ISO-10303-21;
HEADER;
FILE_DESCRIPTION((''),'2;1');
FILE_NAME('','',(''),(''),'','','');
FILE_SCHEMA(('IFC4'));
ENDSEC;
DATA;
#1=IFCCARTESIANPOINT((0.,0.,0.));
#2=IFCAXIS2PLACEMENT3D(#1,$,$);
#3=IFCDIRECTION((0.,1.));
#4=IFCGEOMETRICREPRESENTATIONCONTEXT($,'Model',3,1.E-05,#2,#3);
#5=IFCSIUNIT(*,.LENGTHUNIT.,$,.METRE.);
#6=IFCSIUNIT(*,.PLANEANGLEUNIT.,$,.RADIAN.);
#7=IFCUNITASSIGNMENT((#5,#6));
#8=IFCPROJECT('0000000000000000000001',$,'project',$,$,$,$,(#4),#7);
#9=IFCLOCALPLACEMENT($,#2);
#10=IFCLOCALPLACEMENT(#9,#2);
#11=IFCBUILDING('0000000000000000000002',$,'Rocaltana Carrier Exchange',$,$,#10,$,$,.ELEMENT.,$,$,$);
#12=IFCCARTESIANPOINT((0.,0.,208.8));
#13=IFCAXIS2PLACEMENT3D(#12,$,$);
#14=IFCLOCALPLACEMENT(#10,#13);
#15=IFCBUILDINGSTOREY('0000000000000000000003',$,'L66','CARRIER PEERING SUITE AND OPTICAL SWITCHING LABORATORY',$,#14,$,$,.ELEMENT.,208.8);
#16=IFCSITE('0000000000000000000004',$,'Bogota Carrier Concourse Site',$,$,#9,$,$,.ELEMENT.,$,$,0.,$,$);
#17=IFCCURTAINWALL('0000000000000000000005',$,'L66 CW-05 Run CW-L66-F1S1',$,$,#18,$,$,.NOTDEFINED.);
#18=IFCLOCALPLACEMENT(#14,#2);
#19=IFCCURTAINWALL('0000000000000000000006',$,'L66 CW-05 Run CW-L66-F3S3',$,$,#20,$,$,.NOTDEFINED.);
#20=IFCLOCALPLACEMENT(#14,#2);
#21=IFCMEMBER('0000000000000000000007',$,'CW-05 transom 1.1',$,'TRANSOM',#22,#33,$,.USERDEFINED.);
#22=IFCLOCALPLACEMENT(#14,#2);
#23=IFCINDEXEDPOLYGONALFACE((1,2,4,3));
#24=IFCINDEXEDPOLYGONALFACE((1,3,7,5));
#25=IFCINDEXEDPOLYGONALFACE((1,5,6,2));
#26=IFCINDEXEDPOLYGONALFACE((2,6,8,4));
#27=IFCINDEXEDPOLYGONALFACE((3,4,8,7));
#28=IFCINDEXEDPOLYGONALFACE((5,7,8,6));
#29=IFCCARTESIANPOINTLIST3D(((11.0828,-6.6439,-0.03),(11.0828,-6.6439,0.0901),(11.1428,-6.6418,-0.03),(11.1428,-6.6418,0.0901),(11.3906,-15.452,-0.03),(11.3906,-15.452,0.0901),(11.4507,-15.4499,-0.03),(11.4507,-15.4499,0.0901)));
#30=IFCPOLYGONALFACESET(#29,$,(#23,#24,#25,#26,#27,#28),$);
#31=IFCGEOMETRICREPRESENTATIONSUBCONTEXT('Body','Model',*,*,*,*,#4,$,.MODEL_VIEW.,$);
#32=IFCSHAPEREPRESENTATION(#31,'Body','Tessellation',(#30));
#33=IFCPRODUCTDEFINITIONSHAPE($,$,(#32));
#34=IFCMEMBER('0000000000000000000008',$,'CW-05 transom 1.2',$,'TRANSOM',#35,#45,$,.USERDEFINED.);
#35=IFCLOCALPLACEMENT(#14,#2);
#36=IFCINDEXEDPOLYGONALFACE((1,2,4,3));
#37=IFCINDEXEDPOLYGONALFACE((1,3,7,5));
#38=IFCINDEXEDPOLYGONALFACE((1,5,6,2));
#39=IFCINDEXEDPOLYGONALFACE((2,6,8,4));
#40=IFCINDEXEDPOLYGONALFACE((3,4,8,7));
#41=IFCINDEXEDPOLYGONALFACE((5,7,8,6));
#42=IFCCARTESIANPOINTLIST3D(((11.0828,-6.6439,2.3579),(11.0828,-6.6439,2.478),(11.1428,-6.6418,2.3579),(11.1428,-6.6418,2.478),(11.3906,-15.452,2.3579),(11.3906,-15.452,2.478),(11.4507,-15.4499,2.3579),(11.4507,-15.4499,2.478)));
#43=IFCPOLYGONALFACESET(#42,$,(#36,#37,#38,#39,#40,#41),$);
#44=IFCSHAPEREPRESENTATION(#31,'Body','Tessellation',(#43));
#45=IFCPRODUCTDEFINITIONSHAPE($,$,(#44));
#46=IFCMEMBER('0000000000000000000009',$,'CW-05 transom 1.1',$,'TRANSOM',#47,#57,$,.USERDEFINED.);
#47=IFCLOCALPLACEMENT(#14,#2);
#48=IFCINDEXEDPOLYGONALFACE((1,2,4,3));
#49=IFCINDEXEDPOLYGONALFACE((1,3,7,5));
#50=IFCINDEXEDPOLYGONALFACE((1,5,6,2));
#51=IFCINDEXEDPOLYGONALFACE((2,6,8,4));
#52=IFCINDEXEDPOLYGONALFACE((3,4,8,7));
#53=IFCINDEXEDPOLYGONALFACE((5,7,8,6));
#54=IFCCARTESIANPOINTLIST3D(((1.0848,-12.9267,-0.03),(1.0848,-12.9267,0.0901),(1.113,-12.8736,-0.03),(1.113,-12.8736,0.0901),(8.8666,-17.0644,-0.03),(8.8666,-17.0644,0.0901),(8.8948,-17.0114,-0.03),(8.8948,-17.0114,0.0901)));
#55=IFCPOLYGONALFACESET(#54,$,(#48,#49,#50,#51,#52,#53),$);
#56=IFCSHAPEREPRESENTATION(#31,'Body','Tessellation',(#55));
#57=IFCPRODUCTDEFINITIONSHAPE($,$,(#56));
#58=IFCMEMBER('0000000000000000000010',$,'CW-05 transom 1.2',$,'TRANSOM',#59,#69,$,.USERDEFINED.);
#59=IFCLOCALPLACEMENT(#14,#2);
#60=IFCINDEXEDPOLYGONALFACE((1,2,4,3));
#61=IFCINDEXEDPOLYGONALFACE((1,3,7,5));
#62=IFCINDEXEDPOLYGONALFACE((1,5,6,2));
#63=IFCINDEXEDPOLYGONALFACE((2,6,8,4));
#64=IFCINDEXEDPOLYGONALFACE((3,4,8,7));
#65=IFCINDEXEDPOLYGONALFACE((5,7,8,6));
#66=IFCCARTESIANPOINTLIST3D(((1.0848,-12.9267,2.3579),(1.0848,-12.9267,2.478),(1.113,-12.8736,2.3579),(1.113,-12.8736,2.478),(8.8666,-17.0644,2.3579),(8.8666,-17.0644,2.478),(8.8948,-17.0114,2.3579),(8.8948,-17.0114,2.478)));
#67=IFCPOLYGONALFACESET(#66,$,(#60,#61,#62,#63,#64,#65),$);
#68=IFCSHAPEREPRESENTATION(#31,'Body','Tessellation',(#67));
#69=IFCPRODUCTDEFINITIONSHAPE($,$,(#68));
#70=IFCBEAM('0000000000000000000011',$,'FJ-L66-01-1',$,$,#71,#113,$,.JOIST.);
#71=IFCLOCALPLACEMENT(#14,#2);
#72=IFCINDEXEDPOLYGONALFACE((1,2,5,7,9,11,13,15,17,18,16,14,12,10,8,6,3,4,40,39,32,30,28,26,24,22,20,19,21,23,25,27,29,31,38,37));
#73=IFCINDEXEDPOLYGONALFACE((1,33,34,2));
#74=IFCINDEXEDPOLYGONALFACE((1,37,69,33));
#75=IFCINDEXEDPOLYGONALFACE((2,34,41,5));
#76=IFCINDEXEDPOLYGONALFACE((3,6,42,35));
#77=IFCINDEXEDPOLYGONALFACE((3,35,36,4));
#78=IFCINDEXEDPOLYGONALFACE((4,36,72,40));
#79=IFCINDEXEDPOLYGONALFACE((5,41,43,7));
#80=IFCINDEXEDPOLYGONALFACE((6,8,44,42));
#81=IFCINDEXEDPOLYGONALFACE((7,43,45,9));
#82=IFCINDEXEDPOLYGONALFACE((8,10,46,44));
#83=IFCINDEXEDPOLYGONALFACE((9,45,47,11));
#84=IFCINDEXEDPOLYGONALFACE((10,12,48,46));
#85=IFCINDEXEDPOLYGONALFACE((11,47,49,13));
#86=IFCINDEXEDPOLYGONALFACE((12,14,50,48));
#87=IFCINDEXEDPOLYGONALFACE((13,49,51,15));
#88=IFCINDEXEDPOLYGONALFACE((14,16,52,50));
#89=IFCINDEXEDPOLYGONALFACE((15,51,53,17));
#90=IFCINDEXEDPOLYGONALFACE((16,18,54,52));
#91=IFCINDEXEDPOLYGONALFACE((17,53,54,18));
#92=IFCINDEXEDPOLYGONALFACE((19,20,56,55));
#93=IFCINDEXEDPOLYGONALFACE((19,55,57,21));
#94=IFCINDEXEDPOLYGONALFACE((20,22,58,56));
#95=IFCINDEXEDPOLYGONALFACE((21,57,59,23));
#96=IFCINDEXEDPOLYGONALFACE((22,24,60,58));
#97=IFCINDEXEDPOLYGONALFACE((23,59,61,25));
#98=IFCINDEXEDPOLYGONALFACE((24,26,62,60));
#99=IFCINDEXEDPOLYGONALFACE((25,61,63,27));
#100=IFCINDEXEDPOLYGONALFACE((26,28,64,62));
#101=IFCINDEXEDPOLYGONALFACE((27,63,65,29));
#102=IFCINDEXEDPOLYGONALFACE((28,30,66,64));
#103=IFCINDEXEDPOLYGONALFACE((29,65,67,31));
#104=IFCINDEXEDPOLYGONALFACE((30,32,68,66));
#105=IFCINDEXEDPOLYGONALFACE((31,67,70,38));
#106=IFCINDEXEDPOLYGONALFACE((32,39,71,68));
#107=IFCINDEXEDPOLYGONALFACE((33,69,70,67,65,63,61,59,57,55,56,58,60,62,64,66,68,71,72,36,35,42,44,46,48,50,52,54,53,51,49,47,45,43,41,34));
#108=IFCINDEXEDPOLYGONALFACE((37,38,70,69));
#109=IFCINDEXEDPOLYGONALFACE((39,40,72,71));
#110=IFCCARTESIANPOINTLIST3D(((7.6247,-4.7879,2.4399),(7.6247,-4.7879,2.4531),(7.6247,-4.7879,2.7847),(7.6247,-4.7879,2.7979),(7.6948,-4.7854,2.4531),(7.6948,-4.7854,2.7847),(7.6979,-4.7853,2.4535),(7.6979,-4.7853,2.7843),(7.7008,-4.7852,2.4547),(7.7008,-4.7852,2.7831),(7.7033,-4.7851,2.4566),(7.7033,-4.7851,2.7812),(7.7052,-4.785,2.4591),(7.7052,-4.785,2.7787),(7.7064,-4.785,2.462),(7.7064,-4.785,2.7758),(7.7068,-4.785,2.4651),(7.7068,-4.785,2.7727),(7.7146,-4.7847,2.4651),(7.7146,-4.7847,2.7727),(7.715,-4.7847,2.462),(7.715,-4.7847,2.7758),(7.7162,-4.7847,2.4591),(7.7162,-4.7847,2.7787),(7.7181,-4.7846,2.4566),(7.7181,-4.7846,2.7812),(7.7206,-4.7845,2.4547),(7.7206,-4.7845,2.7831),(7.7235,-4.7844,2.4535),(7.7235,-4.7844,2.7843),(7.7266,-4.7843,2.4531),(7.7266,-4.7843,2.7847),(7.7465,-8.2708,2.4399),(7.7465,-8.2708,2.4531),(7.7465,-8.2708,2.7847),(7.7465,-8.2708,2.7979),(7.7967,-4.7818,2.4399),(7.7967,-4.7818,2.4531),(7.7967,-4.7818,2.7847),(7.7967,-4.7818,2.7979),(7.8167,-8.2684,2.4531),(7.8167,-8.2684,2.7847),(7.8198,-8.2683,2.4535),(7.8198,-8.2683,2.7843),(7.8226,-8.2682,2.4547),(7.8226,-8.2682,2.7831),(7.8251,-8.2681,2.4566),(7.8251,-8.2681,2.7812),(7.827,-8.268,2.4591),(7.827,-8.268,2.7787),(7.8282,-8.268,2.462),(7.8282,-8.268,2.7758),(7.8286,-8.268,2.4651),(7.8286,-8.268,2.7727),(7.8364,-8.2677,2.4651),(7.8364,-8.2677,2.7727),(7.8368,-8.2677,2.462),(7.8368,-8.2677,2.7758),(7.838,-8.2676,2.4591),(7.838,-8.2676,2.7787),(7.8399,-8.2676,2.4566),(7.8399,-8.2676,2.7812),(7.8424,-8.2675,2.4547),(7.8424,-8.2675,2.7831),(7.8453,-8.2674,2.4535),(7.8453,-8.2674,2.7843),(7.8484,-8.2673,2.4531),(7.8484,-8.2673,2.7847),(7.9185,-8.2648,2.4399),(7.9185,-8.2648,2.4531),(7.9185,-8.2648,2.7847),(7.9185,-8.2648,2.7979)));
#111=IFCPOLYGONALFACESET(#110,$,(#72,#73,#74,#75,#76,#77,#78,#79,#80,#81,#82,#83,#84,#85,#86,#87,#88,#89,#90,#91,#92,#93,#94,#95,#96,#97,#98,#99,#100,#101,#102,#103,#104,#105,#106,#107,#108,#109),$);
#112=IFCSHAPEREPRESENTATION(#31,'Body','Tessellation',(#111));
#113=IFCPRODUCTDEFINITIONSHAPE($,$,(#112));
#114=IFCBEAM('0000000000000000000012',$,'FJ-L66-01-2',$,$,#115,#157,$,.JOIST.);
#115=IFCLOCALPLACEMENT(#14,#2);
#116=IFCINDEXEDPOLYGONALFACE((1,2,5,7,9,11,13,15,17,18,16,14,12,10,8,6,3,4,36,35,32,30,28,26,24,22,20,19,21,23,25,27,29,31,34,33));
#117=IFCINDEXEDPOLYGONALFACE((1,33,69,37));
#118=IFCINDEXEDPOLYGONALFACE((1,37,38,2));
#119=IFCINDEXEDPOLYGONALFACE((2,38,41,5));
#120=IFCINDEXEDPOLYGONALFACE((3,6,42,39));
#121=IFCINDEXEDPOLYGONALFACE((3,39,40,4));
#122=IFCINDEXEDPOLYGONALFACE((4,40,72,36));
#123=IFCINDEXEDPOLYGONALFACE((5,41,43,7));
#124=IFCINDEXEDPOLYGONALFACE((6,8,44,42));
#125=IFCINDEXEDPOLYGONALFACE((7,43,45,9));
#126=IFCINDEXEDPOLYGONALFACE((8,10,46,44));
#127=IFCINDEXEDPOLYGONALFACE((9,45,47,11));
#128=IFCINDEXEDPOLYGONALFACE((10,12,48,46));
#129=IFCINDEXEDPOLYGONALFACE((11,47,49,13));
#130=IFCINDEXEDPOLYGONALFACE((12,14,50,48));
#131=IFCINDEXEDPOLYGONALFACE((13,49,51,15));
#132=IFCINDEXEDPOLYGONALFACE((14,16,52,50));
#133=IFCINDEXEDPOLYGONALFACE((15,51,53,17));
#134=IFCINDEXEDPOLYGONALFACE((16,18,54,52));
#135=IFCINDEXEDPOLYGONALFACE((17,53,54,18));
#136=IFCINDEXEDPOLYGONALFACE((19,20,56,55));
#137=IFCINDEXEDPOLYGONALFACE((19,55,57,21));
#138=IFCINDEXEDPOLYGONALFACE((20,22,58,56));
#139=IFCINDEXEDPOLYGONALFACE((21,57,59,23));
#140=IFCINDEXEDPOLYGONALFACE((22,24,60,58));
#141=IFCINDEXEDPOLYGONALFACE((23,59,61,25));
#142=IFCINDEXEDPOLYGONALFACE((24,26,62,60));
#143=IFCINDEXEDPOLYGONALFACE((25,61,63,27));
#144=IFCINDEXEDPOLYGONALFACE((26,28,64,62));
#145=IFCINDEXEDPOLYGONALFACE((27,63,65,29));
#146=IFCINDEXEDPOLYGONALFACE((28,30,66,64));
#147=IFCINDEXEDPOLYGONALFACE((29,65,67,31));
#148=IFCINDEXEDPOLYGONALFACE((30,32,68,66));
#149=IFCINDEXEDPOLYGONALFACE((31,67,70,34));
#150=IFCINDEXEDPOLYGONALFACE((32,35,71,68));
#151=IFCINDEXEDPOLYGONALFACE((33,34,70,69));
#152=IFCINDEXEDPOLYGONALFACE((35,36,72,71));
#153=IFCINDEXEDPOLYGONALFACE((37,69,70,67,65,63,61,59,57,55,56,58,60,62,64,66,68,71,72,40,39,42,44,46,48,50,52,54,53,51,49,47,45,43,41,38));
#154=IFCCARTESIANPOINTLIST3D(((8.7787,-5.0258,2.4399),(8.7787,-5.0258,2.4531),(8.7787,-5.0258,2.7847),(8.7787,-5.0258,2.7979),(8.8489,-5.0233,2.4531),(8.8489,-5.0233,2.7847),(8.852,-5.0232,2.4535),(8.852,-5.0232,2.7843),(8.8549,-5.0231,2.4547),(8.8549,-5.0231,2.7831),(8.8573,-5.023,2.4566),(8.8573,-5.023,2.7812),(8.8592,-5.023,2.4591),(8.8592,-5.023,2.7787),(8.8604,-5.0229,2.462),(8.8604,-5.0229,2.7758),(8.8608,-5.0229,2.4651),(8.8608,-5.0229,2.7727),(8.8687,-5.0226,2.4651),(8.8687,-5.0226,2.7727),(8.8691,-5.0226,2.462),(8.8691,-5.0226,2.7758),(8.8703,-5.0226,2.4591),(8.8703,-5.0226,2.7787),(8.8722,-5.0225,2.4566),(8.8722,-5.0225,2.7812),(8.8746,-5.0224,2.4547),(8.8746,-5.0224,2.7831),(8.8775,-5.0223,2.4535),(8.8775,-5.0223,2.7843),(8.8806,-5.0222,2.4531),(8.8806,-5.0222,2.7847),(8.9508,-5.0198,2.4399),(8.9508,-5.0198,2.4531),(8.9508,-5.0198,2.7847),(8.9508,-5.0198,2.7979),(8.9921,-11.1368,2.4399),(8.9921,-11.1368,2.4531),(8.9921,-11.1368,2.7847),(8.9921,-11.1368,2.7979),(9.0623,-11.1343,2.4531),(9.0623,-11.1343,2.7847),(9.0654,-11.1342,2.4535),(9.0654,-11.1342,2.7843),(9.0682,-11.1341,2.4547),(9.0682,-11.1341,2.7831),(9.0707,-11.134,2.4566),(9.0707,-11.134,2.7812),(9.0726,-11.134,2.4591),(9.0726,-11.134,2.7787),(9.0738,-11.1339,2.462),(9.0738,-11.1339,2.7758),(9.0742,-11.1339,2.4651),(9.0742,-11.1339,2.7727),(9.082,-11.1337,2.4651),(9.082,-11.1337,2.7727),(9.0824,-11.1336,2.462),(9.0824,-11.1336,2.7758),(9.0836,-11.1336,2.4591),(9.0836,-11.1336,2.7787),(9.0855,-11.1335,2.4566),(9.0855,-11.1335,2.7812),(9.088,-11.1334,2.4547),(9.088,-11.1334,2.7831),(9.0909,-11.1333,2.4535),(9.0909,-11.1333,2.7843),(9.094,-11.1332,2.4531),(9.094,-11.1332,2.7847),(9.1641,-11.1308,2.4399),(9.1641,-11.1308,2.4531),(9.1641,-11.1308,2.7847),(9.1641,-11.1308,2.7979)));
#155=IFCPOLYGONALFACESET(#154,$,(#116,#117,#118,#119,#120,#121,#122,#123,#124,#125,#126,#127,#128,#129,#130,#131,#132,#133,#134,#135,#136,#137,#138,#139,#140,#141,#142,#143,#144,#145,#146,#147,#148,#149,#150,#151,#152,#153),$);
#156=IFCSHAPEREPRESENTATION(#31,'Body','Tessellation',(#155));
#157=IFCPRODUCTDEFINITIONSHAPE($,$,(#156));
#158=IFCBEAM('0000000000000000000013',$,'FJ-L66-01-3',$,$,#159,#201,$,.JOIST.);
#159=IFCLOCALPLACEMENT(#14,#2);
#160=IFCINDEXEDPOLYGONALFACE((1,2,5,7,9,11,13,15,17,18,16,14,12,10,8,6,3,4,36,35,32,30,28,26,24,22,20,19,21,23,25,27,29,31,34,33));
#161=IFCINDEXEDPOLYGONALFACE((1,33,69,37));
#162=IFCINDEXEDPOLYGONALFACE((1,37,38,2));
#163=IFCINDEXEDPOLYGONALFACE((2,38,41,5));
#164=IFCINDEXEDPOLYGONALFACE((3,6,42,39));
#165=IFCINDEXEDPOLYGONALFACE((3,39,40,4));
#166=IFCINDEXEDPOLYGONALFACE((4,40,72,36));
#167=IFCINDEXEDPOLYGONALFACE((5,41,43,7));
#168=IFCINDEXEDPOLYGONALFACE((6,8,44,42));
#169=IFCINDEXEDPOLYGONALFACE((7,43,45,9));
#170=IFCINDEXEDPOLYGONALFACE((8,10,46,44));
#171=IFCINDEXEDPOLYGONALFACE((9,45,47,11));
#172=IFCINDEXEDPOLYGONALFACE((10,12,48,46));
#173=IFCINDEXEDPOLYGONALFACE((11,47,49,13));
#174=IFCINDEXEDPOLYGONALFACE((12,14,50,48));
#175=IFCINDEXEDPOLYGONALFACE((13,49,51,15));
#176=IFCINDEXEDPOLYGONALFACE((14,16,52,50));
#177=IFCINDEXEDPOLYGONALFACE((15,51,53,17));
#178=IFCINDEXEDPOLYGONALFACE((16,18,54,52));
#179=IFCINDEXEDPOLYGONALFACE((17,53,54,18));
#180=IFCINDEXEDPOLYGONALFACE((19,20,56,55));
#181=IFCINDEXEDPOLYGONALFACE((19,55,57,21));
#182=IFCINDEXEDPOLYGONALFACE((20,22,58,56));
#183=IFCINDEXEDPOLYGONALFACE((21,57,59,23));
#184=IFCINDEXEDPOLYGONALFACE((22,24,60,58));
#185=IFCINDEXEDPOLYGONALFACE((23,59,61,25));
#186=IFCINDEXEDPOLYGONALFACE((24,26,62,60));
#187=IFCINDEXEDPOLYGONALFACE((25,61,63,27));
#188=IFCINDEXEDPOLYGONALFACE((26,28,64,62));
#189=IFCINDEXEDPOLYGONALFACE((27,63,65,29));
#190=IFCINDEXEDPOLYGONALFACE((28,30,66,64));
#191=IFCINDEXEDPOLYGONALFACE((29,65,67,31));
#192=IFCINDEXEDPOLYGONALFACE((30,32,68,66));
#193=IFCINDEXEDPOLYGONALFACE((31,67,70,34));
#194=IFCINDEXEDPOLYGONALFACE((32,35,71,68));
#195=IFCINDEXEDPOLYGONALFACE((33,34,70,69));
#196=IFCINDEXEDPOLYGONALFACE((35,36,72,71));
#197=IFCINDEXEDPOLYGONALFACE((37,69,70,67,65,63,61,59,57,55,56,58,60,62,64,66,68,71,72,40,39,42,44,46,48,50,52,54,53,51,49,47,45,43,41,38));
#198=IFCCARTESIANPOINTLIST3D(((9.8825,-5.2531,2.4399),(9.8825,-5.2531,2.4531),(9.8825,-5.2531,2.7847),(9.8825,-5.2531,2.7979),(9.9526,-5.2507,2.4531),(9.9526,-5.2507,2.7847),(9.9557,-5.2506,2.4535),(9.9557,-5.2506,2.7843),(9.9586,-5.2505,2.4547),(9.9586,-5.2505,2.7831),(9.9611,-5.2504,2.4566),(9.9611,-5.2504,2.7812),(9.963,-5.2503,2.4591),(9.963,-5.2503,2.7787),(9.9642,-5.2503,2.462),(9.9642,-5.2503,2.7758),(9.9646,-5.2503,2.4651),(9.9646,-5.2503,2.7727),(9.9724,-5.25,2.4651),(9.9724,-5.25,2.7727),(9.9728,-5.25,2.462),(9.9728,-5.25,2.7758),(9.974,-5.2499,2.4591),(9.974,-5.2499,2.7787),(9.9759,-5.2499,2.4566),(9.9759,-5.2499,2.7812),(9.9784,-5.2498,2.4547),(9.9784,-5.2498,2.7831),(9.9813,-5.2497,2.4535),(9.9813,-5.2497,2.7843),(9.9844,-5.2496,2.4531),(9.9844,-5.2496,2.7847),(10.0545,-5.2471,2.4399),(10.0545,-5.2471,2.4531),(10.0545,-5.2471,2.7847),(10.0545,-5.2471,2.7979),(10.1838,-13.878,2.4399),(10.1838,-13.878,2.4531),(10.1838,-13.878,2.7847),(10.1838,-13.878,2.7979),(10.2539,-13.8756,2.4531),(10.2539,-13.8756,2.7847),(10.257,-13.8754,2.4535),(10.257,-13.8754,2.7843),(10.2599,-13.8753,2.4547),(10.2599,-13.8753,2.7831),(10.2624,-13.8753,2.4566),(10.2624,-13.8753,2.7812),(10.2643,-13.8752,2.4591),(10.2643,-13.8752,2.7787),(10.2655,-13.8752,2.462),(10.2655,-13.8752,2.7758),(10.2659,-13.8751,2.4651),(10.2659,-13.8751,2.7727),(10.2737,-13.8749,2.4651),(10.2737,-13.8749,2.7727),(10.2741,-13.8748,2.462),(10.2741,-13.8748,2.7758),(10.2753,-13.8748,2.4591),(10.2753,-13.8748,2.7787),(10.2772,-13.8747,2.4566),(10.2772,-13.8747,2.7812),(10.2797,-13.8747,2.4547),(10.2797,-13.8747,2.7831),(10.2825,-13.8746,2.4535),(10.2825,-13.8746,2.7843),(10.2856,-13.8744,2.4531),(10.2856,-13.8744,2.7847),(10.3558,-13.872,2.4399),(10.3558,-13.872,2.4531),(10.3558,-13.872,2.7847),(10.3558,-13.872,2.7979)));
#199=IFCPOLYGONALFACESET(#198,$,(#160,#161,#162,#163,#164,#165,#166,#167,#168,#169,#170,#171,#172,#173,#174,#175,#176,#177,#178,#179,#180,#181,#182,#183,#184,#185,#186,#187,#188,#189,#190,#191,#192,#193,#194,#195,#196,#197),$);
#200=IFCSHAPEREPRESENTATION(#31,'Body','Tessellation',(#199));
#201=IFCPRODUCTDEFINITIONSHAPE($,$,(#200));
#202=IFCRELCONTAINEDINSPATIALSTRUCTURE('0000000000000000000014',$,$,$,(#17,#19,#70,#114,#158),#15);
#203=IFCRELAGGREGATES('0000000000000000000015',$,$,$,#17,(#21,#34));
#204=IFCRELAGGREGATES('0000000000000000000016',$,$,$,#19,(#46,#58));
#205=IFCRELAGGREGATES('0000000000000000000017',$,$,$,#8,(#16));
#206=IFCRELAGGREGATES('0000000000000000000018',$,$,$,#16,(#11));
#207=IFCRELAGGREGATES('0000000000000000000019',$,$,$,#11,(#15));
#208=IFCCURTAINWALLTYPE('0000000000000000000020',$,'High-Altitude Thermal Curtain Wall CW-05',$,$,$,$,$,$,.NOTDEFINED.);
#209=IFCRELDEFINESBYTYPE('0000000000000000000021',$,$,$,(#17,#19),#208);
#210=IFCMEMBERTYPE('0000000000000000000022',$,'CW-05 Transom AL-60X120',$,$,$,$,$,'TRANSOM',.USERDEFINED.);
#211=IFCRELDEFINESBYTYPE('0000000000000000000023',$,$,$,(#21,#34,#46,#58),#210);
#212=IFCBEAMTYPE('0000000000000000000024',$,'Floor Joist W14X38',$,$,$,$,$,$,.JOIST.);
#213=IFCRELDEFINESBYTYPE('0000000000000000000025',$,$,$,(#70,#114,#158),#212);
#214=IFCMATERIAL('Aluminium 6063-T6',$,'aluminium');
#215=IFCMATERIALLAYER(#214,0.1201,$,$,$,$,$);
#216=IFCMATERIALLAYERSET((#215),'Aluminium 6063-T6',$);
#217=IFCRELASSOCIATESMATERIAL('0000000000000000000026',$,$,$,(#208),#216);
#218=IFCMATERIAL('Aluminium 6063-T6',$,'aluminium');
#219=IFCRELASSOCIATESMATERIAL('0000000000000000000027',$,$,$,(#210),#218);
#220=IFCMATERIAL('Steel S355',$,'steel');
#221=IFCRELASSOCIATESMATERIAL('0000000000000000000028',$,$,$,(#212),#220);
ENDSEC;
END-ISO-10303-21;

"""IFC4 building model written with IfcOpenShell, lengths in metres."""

from ifc_helpers import new_model, si_unit, direction, frame, origin, origin_2d, place, context, subcontext, project, spatial, rectangle, i_section, extrude, material, layer, layer_set, material_profile, profile_set, type_object, element, aggregate, save


model = new_model("IFC4")

# Units and contexts
model_context = context("Model", 3, precision=1e-05, world=origin(), true_north=direction((0.0, 1.0)))
body_context = subcontext(model_context, "Body", "Model", "MODEL_VIEW")
ifc_project = project(units=[si_unit("LENGTHUNIT", "METRE"), si_unit("PLANEANGLEUNIT", "RADIAN")], contexts=[model_context])

# Site, building, storey
site_placement = place(None, origin())
site = spatial("IfcSite", under=ifc_project, at=site_placement, Name="Bogota Carrier Concourse Site", CompositionType="ELEMENT", RefElevation=0.0)
building_placement = place(site_placement, origin())
building = spatial("IfcBuilding", under=site, at=building_placement, Name="Rocaltana Carrier Exchange", CompositionType="ELEMENT")
storey_placement = place(building_placement, frame((0.0, 0.0, 208.8)))
storey = spatial("IfcBuildingStorey", under=building, at=storey_placement, Name="L66", Description="CARRIER PEERING SUITE AND OPTICAL SWITCHING LABORATORY", CompositionType="ELEMENT", Elevation=208.8)

# Curtain walls
ifc_material_1 = material(Name="Aluminium 6063-T6", Category="aluminium")
ifc_layer_1 = layer(ifc_material_1, 0.1201)
ifc_layer_set_1 = layer_set([ifc_layer_1], Name="Aluminium 6063-T6")
curtain_wall_type = type_object("IfcCurtainWallType", Name="High-Altitude Thermal Curtain Wall CW-05", PredefinedType="NOTDEFINED", material=ifc_layer_set_1)
curtain_wall_1_placement = place(storey_placement, origin())
curtain_wall_1 = element("IfcCurtainWall", 1, at=curtain_wall_1_placement, inside=storey, type_object=curtain_wall_type, Name="L66 CW-05 Run CW-L66-F1S1", PredefinedType="NOTDEFINED")
curtain_wall_2_placement = place(storey_placement, origin())
curtain_wall_2 = element("IfcCurtainWall", 2, at=curtain_wall_2_placement, inside=storey, type_object=curtain_wall_type, Name="L66 CW-05 Run CW-L66-F3S3", PredefinedType="NOTDEFINED")

# Members
ifc_material_2 = material(Name="Aluminium 6063-T6", Category="aluminium")
ifc_material_profile_1 = material_profile(ifc_material_2, rectangle(XDim=0.0601, YDim=0.1201, at=origin_2d()), Name="AL-60X120")
ifc_profile_set_1 = profile_set([ifc_material_profile_1], Name="Aluminium 6063-T6")
member_type_1 = type_object("IfcMemberType", Name="CW-05 Transom AL-60X120", ElementType="TRANSOM", PredefinedType="USERDEFINED", material=ifc_profile_set_1)
member_1_placement = place(storey_placement, frame((11.4207, -15.4509, 0.03), z_axis=(-0.034931, 0.99939, 0.0), x_axis=(-0.99939, -0.034931, 0.0)))
member_1 = element("IfcMember", 3, at=member_1_placement, type_object=member_type_1, Name="CW-05 transom 1.1", ObjectType="TRANSOM", PredefinedType="USERDEFINED", context=body_context, shape_type="SweptSolid", body=[
    extrude(rectangle(XDim=0.0601, YDim=0.1201, at=origin_2d()), origin(), (0.0, 0.0, 1.0), 8.8135),
])
member_2_placement = place(storey_placement, frame((11.4207, -15.4509, 2.418), z_axis=(-0.034931, 0.99939, 0.0), x_axis=(-0.99939, -0.034931, 0.0)))
member_2 = element("IfcMember", 4, at=member_2_placement, type_object=member_type_1, Name="CW-05 transom 1.2", ObjectType="TRANSOM", PredefinedType="USERDEFINED", context=body_context, shape_type="SweptSolid", body=[
    extrude(rectangle(XDim=0.0601, YDim=0.1201, at=origin_2d()), origin(), (0.0, 0.0, 1.0), 8.8135),
])
member_3_placement = place(storey_placement, frame((1.0989, -12.9001, 0.03), z_axis=(0.882944, -0.469478, 0.0), x_axis=(0.469478, 0.882944, 0.0)))
member_3 = element("IfcMember", 5, at=member_3_placement, type_object=member_type_1, Name="CW-05 transom 1.1", ObjectType="TRANSOM", PredefinedType="USERDEFINED", context=body_context, shape_type="SweptSolid", body=[
    extrude(rectangle(XDim=0.0601, YDim=0.1201, at=origin_2d()), origin(), (0.0, 0.0, 1.0), 8.8135),
])
member_4_placement = place(storey_placement, frame((1.0989, -12.9001, 2.418), z_axis=(0.882944, -0.469478, 0.0), x_axis=(0.469478, 0.882944, 0.0)))
member_4 = element("IfcMember", 6, at=member_4_placement, type_object=member_type_1, Name="CW-05 transom 1.2", ObjectType="TRANSOM", PredefinedType="USERDEFINED", context=body_context, shape_type="SweptSolid", body=[
    extrude(rectangle(XDim=0.0601, YDim=0.1201, at=origin_2d()), origin(), (0.0, 0.0, 1.0), 8.8135),
])

# Beams
ifc_material_3 = material(Name="Steel S355", Category="steel")
ifc_material_profile_2 = material_profile(ifc_material_3, i_section(OverallWidth=0.1721, OverallDepth=0.3579, WebThickness=0.0078, FlangeThickness=0.0132, FilletRadius=0.012, at=origin_2d()), Name="W14X38")
ifc_profile_set_2 = profile_set([ifc_material_profile_2], Name="Steel S355")
beam_type_1 = type_object("IfcBeamType", Name="Floor Joist W14X38", PredefinedType="JOIST", material=ifc_profile_set_2)
beam_1_placement = place(storey_placement, frame((7.8325, -8.2678, 2.6189), z_axis=(-0.034957, 0.999389, 0.0), x_axis=(-0.999389, -0.034957, 0.0)))
element("IfcBeam", 7, at=beam_1_placement, inside=storey, type_object=beam_type_1, Name="FJ-L66-01-1", PredefinedType="JOIST", context=body_context, shape_type="SweptSolid", body=[
    extrude(i_section(OverallWidth=0.1721, OverallDepth=0.3579, WebThickness=0.0078, FlangeThickness=0.0132, FilletRadius=0.012, at=origin_2d()), origin(), (0.0, 0.0, 1.0), 3.4851),
])
beam_2_placement = place(storey_placement, frame((9.0781, -11.1338, 2.6189), z_axis=(-0.034895, 0.999391, 0.0), x_axis=(-0.999391, -0.034895, 0.0)))
element("IfcBeam", 8, at=beam_2_placement, inside=storey, type_object=beam_type_1, Name="FJ-L66-01-2", PredefinedType="JOIST", context=body_context, shape_type="SweptSolid", body=[
    extrude(i_section(OverallWidth=0.1721, OverallDepth=0.3579, WebThickness=0.0078, FlangeThickness=0.0132, FilletRadius=0.012, at=origin_2d()), origin(), (0.0, 0.0, 1.0), 6.1147),
])
beam_3_placement = place(storey_placement, frame((10.2698, -13.875, 2.6189), z_axis=(-0.034909, 0.99939, 0.0), x_axis=(-0.99939, -0.034909, 0.0)))
element("IfcBeam", 9, at=beam_3_placement, inside=storey, type_object=beam_type_1, Name="FJ-L66-01-3", PredefinedType="JOIST", context=body_context, shape_type="SweptSolid", body=[
    extrude(i_section(OverallWidth=0.1721, OverallDepth=0.3579, WebThickness=0.0078, FlangeThickness=0.0132, FilletRadius=0.012, at=origin_2d()), origin(), (0.0, 0.0, 1.0), 8.6301),
])

aggregate(curtain_wall_1, [member_1, member_2])
aggregate(curtain_wall_2, [member_3, member_4])

save(model, "model.ifc")
